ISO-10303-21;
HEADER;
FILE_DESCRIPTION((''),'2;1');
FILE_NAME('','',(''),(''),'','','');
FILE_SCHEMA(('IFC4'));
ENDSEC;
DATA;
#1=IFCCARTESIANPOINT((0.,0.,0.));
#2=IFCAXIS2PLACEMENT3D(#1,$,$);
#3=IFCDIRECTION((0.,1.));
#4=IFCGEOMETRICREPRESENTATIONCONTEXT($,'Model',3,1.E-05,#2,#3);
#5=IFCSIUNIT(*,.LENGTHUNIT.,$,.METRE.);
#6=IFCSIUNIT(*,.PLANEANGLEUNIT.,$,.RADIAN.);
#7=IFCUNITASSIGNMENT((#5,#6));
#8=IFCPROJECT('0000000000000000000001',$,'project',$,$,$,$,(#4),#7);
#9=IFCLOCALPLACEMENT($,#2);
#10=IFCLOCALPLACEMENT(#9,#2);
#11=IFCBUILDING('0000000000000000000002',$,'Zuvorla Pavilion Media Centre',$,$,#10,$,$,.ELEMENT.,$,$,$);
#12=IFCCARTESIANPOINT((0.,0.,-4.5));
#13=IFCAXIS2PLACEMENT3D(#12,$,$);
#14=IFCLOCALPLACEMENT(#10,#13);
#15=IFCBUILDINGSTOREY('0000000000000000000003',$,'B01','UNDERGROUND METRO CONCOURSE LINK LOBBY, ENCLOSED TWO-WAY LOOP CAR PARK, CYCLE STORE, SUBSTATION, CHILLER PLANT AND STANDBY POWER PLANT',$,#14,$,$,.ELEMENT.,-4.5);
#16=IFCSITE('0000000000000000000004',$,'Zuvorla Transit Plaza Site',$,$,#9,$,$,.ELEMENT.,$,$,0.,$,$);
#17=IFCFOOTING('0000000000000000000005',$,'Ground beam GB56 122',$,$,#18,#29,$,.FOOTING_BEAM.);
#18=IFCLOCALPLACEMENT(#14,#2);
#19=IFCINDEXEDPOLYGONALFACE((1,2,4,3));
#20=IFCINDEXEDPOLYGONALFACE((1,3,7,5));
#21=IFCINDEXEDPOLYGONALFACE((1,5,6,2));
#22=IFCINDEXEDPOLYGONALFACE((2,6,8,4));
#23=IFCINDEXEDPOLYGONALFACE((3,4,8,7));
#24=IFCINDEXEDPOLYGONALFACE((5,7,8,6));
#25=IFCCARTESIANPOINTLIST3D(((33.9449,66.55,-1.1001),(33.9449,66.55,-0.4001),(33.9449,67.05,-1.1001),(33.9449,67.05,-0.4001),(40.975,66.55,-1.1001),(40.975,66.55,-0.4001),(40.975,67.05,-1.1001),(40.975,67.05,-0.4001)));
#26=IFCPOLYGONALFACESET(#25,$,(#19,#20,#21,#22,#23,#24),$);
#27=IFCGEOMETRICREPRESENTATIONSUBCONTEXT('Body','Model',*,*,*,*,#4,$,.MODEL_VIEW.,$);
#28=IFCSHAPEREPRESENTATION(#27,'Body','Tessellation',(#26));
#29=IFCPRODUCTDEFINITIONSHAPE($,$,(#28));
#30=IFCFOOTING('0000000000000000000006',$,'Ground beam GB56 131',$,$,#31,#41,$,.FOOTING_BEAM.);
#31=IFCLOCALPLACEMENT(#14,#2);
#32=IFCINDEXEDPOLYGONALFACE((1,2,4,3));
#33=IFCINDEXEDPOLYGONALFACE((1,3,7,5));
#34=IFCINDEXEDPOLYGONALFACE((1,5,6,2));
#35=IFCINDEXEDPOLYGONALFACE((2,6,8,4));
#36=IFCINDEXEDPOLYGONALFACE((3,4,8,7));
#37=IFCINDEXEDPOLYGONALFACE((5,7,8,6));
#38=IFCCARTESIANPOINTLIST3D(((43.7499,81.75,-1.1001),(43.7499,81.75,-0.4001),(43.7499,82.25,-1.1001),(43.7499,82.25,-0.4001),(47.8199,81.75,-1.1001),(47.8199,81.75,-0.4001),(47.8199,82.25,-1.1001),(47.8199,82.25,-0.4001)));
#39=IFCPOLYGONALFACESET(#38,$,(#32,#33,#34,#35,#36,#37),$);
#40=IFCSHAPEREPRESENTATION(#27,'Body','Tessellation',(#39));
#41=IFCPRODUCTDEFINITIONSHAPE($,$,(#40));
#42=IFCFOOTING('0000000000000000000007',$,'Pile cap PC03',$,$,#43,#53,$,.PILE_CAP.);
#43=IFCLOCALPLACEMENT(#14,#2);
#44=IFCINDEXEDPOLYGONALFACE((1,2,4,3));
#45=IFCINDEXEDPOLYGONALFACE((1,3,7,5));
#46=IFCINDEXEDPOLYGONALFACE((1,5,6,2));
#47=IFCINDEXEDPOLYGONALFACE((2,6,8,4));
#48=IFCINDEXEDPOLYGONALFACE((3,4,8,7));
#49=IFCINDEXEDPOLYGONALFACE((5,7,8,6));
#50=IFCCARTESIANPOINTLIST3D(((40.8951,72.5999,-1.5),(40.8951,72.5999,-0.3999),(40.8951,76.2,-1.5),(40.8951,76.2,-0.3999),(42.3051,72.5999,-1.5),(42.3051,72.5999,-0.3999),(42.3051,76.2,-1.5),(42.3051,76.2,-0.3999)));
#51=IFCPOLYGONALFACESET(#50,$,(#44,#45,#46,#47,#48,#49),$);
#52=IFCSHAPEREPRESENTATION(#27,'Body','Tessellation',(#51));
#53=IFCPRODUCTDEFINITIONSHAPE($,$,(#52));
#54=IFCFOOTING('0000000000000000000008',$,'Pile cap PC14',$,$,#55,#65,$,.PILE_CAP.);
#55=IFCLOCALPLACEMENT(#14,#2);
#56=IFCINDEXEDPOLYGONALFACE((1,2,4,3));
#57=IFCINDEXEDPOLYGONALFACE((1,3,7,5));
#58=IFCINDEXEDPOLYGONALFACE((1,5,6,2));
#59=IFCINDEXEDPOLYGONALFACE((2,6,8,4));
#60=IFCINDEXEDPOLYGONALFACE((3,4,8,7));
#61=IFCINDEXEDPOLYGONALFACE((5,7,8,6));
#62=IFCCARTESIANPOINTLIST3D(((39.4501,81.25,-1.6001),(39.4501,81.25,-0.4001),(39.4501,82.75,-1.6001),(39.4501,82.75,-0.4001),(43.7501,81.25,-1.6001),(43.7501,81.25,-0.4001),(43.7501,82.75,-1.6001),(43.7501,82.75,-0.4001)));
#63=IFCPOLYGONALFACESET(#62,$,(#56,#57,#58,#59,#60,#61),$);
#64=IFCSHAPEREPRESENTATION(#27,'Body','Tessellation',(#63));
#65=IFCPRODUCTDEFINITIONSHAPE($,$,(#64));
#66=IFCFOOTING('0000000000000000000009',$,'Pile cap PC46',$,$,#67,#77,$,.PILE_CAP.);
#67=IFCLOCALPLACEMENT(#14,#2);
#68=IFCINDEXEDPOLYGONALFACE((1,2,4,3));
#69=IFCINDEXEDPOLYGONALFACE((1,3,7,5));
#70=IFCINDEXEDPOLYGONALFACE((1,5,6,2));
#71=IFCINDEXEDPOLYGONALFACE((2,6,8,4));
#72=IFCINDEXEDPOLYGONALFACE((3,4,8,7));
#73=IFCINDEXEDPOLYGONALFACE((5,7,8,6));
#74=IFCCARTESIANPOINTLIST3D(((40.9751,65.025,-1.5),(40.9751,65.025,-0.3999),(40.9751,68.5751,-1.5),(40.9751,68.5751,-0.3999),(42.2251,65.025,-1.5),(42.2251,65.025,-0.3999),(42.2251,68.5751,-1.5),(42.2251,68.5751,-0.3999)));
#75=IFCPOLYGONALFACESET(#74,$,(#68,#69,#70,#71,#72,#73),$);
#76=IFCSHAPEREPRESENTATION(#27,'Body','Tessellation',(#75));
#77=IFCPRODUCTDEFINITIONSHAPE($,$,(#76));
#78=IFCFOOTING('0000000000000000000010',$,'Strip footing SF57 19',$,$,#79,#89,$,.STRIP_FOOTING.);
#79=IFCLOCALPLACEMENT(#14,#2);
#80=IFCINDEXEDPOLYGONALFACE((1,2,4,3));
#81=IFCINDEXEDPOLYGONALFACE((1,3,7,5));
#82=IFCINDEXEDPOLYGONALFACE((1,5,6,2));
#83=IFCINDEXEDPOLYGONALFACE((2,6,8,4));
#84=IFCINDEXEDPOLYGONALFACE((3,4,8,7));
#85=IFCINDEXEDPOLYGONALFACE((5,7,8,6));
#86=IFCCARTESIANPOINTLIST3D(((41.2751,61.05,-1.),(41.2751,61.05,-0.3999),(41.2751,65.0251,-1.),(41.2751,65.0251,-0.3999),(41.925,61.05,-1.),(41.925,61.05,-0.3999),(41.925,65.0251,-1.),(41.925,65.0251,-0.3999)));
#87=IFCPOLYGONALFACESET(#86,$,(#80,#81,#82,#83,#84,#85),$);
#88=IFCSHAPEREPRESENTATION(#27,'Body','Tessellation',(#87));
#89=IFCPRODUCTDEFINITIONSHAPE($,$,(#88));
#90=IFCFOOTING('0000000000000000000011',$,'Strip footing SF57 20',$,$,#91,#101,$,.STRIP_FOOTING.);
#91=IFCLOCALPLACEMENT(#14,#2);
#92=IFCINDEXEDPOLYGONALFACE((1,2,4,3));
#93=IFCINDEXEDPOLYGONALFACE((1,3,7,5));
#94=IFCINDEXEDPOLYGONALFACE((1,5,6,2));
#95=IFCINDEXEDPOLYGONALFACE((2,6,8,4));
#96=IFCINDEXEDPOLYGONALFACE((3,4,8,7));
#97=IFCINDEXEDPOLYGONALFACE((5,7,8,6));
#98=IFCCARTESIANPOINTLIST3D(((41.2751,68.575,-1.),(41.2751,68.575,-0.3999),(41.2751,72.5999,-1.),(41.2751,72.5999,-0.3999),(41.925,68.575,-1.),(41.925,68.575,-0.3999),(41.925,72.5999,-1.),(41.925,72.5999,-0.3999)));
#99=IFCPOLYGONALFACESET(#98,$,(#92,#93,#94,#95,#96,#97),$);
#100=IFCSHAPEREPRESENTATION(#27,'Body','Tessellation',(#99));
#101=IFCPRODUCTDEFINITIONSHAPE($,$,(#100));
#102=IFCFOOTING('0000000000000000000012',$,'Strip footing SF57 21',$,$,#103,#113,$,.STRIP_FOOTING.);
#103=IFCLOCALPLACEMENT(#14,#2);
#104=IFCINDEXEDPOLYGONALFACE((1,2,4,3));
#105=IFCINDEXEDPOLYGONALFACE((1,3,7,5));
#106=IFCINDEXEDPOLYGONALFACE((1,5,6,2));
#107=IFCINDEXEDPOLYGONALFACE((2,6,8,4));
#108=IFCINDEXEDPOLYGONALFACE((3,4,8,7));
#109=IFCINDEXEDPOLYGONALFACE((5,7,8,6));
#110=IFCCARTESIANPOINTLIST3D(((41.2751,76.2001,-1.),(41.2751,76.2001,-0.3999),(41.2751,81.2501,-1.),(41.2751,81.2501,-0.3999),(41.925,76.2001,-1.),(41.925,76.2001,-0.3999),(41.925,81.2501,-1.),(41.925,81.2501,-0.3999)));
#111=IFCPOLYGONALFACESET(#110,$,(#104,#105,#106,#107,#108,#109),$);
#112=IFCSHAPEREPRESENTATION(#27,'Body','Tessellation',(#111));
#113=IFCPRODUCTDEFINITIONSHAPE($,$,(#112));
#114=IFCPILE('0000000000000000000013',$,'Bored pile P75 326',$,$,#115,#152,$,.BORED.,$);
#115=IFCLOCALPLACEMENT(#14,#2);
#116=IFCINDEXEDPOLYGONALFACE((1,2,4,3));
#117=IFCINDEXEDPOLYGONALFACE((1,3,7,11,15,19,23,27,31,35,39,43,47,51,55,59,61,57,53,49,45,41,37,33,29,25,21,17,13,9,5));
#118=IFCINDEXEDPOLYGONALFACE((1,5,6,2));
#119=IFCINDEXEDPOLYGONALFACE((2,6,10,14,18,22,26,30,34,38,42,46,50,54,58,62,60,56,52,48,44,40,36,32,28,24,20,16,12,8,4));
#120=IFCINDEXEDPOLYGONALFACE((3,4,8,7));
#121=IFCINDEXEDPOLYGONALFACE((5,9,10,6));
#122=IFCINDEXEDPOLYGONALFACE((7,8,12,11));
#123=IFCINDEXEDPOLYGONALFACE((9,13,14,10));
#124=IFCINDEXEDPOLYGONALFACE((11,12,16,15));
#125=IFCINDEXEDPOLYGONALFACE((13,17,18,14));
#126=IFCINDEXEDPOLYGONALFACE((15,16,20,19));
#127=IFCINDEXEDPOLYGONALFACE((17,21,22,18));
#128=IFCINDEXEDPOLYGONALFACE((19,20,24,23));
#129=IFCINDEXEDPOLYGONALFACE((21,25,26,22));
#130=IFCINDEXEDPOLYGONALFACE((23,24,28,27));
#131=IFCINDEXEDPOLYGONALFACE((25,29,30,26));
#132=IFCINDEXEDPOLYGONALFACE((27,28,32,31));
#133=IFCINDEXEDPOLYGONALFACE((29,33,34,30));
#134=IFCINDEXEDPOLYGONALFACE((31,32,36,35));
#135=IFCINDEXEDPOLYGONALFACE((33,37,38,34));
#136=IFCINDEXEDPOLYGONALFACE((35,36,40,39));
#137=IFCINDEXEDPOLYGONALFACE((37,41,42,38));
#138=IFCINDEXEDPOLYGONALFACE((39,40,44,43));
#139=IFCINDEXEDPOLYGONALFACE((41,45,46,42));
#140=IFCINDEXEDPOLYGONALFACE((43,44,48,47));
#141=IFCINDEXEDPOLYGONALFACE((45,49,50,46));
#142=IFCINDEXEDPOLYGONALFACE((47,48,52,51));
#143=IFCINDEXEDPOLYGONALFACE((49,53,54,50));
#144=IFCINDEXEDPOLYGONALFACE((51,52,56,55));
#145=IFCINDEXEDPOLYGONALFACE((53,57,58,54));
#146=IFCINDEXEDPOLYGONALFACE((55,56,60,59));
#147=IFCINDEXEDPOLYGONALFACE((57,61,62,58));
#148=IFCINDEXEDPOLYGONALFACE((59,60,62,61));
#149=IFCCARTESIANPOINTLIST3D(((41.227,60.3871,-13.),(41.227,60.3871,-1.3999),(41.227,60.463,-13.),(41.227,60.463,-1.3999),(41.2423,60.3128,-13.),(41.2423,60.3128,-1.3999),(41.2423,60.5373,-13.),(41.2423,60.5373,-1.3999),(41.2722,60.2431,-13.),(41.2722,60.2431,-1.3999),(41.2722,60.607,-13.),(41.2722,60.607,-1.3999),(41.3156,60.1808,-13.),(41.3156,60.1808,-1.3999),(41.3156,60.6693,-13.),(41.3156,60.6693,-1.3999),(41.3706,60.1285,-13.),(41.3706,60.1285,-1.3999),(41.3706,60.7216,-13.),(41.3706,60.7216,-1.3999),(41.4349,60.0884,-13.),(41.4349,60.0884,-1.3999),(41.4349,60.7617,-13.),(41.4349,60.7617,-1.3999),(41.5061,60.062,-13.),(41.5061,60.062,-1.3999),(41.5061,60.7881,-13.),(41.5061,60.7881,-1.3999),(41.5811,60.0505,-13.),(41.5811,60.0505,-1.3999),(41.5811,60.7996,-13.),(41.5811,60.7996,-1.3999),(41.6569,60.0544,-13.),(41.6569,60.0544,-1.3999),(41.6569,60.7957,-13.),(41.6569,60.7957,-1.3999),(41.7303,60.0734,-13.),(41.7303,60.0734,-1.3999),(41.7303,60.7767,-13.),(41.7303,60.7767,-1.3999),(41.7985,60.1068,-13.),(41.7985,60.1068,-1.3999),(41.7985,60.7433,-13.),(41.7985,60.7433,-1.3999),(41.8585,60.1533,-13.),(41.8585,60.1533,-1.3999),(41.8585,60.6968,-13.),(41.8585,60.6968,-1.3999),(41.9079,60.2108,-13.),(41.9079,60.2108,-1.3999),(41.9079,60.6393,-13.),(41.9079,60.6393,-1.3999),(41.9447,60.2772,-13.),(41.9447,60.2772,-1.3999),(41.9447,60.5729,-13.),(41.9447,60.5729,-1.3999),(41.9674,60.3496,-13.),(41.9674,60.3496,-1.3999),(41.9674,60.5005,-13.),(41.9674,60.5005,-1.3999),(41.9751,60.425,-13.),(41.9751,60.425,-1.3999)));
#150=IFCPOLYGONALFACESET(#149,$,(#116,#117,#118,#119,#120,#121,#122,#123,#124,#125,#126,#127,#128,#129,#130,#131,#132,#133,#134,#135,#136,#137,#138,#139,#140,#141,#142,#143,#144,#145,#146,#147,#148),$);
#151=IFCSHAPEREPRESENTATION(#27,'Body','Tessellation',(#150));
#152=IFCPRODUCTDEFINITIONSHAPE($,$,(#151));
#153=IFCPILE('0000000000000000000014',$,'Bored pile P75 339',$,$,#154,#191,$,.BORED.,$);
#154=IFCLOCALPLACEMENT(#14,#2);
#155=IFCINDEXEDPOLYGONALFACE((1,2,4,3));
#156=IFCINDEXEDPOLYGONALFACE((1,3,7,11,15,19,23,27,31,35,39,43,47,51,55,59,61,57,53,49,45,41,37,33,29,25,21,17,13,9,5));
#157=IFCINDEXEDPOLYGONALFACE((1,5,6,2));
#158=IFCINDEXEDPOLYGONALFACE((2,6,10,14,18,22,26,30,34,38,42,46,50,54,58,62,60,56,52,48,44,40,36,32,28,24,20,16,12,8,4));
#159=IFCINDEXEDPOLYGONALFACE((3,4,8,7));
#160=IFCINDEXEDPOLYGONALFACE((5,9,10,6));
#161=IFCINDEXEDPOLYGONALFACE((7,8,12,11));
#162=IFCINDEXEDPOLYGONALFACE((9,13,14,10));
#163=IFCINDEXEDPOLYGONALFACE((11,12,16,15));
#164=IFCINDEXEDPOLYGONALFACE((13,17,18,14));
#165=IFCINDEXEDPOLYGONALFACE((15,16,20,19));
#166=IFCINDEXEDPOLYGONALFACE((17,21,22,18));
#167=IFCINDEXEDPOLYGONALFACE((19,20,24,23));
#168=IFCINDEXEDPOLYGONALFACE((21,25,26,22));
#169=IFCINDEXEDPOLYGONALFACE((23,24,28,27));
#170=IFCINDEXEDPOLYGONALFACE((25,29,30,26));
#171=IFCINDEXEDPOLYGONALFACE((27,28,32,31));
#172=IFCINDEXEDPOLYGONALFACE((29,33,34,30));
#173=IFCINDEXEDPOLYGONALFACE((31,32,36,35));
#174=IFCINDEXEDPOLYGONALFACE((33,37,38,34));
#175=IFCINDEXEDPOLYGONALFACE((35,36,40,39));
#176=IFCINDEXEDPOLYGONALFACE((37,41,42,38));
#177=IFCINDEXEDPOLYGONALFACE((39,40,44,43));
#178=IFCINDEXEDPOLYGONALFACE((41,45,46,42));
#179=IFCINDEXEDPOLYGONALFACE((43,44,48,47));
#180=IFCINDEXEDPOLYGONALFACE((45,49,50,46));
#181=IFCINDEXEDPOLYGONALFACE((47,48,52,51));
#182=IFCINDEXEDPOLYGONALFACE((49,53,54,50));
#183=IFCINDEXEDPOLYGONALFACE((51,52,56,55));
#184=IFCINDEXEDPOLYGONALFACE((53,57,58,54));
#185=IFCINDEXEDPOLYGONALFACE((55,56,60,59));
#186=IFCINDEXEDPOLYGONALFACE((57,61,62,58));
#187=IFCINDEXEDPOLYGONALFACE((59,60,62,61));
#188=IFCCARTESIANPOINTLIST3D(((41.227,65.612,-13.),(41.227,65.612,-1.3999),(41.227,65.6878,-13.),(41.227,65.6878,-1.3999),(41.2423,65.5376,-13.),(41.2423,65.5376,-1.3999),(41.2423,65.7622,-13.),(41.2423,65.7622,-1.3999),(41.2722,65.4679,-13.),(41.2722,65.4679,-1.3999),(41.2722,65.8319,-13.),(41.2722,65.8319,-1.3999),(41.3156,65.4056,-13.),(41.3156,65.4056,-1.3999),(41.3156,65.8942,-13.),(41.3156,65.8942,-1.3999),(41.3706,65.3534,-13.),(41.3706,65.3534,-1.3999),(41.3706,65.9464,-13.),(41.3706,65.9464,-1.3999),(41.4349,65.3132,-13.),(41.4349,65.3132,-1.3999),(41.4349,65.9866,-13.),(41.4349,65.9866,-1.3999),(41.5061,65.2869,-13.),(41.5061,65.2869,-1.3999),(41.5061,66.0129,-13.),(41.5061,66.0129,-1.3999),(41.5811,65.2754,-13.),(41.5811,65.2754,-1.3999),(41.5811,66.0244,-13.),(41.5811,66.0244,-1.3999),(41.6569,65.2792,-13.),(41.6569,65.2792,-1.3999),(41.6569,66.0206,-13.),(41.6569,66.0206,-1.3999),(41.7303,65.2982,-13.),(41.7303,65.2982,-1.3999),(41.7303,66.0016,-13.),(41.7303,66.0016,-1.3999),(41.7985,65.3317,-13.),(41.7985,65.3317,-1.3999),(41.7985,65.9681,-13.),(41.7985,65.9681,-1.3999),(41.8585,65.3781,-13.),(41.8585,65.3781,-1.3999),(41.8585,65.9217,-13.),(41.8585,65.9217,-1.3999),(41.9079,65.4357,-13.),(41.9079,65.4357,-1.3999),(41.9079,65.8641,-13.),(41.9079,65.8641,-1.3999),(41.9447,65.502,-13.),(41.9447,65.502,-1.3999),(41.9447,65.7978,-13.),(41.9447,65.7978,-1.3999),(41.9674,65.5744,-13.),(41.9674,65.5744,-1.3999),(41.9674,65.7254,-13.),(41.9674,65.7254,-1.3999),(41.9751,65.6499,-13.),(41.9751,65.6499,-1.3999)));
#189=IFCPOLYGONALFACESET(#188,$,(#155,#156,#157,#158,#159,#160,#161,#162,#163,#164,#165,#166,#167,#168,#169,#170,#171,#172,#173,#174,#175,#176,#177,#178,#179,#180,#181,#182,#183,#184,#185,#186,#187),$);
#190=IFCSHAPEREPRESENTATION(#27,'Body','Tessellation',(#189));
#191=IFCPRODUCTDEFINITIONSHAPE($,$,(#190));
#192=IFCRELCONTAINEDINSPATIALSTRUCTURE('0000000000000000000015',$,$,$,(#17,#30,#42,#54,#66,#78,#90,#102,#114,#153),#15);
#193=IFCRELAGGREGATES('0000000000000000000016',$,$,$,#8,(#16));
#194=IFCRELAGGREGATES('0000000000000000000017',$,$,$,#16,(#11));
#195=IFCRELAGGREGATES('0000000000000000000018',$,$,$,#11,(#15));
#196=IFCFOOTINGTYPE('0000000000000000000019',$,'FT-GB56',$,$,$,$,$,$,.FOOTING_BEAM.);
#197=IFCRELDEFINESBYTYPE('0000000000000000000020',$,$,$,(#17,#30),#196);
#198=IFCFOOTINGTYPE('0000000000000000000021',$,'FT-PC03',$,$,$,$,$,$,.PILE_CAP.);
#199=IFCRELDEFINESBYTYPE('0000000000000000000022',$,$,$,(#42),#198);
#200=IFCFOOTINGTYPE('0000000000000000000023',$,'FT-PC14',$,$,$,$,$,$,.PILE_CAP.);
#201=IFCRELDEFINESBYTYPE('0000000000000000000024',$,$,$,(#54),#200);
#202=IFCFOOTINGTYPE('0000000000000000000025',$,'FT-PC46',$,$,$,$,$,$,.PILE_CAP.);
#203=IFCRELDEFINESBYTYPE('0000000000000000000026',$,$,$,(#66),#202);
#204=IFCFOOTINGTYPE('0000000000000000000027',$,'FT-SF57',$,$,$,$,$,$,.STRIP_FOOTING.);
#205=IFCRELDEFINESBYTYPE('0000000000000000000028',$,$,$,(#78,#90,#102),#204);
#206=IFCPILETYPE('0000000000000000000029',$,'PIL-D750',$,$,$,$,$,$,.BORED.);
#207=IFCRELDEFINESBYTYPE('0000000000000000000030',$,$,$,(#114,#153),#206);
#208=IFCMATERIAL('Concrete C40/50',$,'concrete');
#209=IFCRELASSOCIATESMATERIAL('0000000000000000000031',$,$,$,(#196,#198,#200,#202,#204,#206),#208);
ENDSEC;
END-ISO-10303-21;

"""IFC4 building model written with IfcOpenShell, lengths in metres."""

from ifc_helpers import new_model, si_unit, direction, frame, origin, origin_2d, place, context, subcontext, project, spatial, rectangle, circle, extrude, material, material_profile, profile_set, type_object, element, save


model = new_model("IFC4")

# Units and contexts
model_context = context("Model", 3, precision=1e-05, world=origin(), true_north=direction((0.0, 1.0)))
body_context = subcontext(model_context, "Body", "Model", "MODEL_VIEW")
ifc_project = project(units=[si_unit("LENGTHUNIT", "METRE"), si_unit("PLANEANGLEUNIT", "RADIAN")], contexts=[model_context])

# Site, building, storey
site_placement = place(None, origin())
site = spatial("IfcSite", under=ifc_project, at=site_placement, Name="Zuvorla Transit Plaza Site", CompositionType="ELEMENT", RefElevation=0.0)
building_placement = place(site_placement, origin())
building = spatial("IfcBuilding", under=site, at=building_placement, Name="Zuvorla Pavilion Media Centre", CompositionType="ELEMENT")
storey_placement = place(building_placement, frame((0.0, 0.0, -4.5)))
storey = spatial("IfcBuildingStorey", under=building, at=storey_placement, Name="B01", Description="UNDERGROUND METRO CONCOURSE LINK LOBBY, ENCLOSED TWO-WAY LOOP CAR PARK, CYCLE STORE, SUBSTATION, CHILLER PLANT AND STANDBY POWER PLANT", CompositionType="ELEMENT", Elevation=-4.5)

# Footings
ifc_material_1 = material(Name="Concrete C40/50", Category="concrete")
footing_type_1 = type_object("IfcFootingType", Name="FT-GB56", PredefinedType="FOOTING_BEAM", material=ifc_material_1)
footing_1_placement = place(storey_placement, frame((37.46, 66.8, -1.1001), z_axis=(0.0, 0.0, 1.0), x_axis=(1.0, 0.0, 0.0)))
element("IfcFooting", 1, at=footing_1_placement, inside=storey, type_object=footing_type_1, Name="Ground beam GB56 122", PredefinedType="FOOTING_BEAM", context=body_context, shape_type="SweptSolid", body=[
    extrude(rectangle(XDim=7.03, YDim=0.5, at=origin_2d()), origin(), (0.0, 0.0, 1.0), 0.7),
])
footing_2_placement = place(storey_placement, frame((45.7849, 82.0, -1.1001), z_axis=(0.0, 0.0, 1.0), x_axis=(1.0, 0.0, 0.0)))
element("IfcFooting", 2, at=footing_2_placement, inside=storey, type_object=footing_type_1, Name="Ground beam GB56 131", PredefinedType="FOOTING_BEAM", context=body_context, shape_type="SweptSolid", body=[
    extrude(rectangle(XDim=4.0701, YDim=0.5, at=origin_2d()), origin(), (0.0, 0.0, 1.0), 0.7),
])
footing_type_2 = type_object("IfcFootingType", Name="FT-PC03", PredefinedType="PILE_CAP", material=ifc_material_1)
footing_3_placement = place(storey_placement, frame((41.6001, 74.3999, -1.5), z_axis=(0.0, 0.0, 1.0), x_axis=(1.0, 0.0, 0.0)))
element("IfcFooting", 3, at=footing_3_placement, inside=storey, type_object=footing_type_2, Name="Pile cap PC03", PredefinedType="PILE_CAP", context=body_context, shape_type="SweptSolid", body=[
    extrude(rectangle(XDim=1.4099, YDim=3.6001, at=origin_2d()), origin(), (0.0, 0.0, 1.0), 1.1001),
])
footing_type_3 = type_object("IfcFootingType", Name="FT-PC14", PredefinedType="PILE_CAP", material=ifc_material_1)
footing_4_placement = place(storey_placement, frame((41.6001, 82.0, -1.6001), z_axis=(0.0, 0.0, 1.0), x_axis=(1.0, 0.0, 0.0)))
element("IfcFooting", 4, at=footing_4_placement, inside=storey, type_object=footing_type_3, Name="Pile cap PC14", PredefinedType="PILE_CAP", context=body_context, shape_type="SweptSolid", body=[
    extrude(rectangle(XDim=4.3, YDim=1.5, at=origin_2d()), origin(), (0.0, 0.0, 1.0), 1.2),
])
footing_type_4 = type_object("IfcFootingType", Name="FT-PC46", PredefinedType="PILE_CAP", material=ifc_material_1)
footing_5_placement = place(storey_placement, frame((41.6001, 66.8, -1.5), z_axis=(0.0, 0.0, 1.0), x_axis=(1.0, 0.0, 0.0)))
element("IfcFooting", 5, at=footing_5_placement, inside=storey, type_object=footing_type_4, Name="Pile cap PC46", PredefinedType="PILE_CAP", context=body_context, shape_type="SweptSolid", body=[
    extrude(rectangle(XDim=1.25, YDim=3.55, at=origin_2d()), origin(), (0.0, 0.0, 1.0), 1.1001),
])
footing_type_5 = type_object("IfcFootingType", Name="FT-SF57", PredefinedType="STRIP_FOOTING", material=ifc_material_1)
footing_6_placement = place(storey_placement, frame((41.6001, 63.0376, -1.0), z_axis=(0.0, 0.0, 1.0), x_axis=(0.0, 1.0, 0.0)))
element("IfcFooting", 6, at=footing_6_placement, inside=storey, type_object=footing_type_5, Name="Strip footing SF57 19", PredefinedType="STRIP_FOOTING", context=body_context, shape_type="SweptSolid", body=[
    extrude(rectangle(XDim=3.9751, YDim=0.6499, at=origin_2d()), origin(), (0.0, 0.0, 1.0), 0.6001),
])
footing_7_placement = place(storey_placement, frame((41.6001, 70.5874, -1.0), z_axis=(0.0, 0.0, 1.0), x_axis=(0.0, 1.0, 0.0)))
element("IfcFooting", 7, at=footing_7_placement, inside=storey, type_object=footing_type_5, Name="Strip footing SF57 20", PredefinedType="STRIP_FOOTING", context=body_context, shape_type="SweptSolid", body=[
    extrude(rectangle(XDim=4.0249, YDim=0.6499, at=origin_2d()), origin(), (0.0, 0.0, 1.0), 0.6001),
])
footing_8_placement = place(storey_placement, frame((41.6001, 78.7251, -1.0), z_axis=(0.0, 0.0, 1.0), x_axis=(0.0, 1.0, 0.0)))
element("IfcFooting", 8, at=footing_8_placement, inside=storey, type_object=footing_type_5, Name="Strip footing SF57 21", PredefinedType="STRIP_FOOTING", context=body_context, shape_type="SweptSolid", body=[
    extrude(rectangle(XDim=5.05, YDim=0.6499, at=origin_2d()), origin(), (0.0, 0.0, 1.0), 0.6001),
])

# Piles
ifc_material_profile_1 = material_profile(ifc_material_1, circle(Radius=0.375, at=origin_2d()), Name="BORED PILE 750")
ifc_profile_set_1 = profile_set([ifc_material_profile_1], Name="Concrete C40/50")
pile_type_1 = type_object("IfcPileType", Name="PIL-D750", PredefinedType="BORED", material=ifc_profile_set_1)
for number, where, z_axis, x_axis, name in (
    (9, (41.6001, 60.425, -1.3999), (0.0, 0.0, -1.0), (1.0, 0.0, 0.0), "Bored pile P75 326"),
    (10, (41.6001, 65.6499, -1.3999), (0.0, 0.0, -1.0), (1.0, 0.0, 0.0), "Bored pile P75 339"),
):
    element("IfcPile", number, at=place(storey_placement, frame(where, z_axis=z_axis, x_axis=x_axis)), inside=storey, type_object=pile_type_1, Name=name, PredefinedType="BORED", context=body_context, shape_type="SweptSolid", body=[
        extrude(circle(Radius=0.375, at=origin_2d()), origin(), (0.0, 0.0, 1.0), 11.6001),
    ])

save(model, "model.ifc")
